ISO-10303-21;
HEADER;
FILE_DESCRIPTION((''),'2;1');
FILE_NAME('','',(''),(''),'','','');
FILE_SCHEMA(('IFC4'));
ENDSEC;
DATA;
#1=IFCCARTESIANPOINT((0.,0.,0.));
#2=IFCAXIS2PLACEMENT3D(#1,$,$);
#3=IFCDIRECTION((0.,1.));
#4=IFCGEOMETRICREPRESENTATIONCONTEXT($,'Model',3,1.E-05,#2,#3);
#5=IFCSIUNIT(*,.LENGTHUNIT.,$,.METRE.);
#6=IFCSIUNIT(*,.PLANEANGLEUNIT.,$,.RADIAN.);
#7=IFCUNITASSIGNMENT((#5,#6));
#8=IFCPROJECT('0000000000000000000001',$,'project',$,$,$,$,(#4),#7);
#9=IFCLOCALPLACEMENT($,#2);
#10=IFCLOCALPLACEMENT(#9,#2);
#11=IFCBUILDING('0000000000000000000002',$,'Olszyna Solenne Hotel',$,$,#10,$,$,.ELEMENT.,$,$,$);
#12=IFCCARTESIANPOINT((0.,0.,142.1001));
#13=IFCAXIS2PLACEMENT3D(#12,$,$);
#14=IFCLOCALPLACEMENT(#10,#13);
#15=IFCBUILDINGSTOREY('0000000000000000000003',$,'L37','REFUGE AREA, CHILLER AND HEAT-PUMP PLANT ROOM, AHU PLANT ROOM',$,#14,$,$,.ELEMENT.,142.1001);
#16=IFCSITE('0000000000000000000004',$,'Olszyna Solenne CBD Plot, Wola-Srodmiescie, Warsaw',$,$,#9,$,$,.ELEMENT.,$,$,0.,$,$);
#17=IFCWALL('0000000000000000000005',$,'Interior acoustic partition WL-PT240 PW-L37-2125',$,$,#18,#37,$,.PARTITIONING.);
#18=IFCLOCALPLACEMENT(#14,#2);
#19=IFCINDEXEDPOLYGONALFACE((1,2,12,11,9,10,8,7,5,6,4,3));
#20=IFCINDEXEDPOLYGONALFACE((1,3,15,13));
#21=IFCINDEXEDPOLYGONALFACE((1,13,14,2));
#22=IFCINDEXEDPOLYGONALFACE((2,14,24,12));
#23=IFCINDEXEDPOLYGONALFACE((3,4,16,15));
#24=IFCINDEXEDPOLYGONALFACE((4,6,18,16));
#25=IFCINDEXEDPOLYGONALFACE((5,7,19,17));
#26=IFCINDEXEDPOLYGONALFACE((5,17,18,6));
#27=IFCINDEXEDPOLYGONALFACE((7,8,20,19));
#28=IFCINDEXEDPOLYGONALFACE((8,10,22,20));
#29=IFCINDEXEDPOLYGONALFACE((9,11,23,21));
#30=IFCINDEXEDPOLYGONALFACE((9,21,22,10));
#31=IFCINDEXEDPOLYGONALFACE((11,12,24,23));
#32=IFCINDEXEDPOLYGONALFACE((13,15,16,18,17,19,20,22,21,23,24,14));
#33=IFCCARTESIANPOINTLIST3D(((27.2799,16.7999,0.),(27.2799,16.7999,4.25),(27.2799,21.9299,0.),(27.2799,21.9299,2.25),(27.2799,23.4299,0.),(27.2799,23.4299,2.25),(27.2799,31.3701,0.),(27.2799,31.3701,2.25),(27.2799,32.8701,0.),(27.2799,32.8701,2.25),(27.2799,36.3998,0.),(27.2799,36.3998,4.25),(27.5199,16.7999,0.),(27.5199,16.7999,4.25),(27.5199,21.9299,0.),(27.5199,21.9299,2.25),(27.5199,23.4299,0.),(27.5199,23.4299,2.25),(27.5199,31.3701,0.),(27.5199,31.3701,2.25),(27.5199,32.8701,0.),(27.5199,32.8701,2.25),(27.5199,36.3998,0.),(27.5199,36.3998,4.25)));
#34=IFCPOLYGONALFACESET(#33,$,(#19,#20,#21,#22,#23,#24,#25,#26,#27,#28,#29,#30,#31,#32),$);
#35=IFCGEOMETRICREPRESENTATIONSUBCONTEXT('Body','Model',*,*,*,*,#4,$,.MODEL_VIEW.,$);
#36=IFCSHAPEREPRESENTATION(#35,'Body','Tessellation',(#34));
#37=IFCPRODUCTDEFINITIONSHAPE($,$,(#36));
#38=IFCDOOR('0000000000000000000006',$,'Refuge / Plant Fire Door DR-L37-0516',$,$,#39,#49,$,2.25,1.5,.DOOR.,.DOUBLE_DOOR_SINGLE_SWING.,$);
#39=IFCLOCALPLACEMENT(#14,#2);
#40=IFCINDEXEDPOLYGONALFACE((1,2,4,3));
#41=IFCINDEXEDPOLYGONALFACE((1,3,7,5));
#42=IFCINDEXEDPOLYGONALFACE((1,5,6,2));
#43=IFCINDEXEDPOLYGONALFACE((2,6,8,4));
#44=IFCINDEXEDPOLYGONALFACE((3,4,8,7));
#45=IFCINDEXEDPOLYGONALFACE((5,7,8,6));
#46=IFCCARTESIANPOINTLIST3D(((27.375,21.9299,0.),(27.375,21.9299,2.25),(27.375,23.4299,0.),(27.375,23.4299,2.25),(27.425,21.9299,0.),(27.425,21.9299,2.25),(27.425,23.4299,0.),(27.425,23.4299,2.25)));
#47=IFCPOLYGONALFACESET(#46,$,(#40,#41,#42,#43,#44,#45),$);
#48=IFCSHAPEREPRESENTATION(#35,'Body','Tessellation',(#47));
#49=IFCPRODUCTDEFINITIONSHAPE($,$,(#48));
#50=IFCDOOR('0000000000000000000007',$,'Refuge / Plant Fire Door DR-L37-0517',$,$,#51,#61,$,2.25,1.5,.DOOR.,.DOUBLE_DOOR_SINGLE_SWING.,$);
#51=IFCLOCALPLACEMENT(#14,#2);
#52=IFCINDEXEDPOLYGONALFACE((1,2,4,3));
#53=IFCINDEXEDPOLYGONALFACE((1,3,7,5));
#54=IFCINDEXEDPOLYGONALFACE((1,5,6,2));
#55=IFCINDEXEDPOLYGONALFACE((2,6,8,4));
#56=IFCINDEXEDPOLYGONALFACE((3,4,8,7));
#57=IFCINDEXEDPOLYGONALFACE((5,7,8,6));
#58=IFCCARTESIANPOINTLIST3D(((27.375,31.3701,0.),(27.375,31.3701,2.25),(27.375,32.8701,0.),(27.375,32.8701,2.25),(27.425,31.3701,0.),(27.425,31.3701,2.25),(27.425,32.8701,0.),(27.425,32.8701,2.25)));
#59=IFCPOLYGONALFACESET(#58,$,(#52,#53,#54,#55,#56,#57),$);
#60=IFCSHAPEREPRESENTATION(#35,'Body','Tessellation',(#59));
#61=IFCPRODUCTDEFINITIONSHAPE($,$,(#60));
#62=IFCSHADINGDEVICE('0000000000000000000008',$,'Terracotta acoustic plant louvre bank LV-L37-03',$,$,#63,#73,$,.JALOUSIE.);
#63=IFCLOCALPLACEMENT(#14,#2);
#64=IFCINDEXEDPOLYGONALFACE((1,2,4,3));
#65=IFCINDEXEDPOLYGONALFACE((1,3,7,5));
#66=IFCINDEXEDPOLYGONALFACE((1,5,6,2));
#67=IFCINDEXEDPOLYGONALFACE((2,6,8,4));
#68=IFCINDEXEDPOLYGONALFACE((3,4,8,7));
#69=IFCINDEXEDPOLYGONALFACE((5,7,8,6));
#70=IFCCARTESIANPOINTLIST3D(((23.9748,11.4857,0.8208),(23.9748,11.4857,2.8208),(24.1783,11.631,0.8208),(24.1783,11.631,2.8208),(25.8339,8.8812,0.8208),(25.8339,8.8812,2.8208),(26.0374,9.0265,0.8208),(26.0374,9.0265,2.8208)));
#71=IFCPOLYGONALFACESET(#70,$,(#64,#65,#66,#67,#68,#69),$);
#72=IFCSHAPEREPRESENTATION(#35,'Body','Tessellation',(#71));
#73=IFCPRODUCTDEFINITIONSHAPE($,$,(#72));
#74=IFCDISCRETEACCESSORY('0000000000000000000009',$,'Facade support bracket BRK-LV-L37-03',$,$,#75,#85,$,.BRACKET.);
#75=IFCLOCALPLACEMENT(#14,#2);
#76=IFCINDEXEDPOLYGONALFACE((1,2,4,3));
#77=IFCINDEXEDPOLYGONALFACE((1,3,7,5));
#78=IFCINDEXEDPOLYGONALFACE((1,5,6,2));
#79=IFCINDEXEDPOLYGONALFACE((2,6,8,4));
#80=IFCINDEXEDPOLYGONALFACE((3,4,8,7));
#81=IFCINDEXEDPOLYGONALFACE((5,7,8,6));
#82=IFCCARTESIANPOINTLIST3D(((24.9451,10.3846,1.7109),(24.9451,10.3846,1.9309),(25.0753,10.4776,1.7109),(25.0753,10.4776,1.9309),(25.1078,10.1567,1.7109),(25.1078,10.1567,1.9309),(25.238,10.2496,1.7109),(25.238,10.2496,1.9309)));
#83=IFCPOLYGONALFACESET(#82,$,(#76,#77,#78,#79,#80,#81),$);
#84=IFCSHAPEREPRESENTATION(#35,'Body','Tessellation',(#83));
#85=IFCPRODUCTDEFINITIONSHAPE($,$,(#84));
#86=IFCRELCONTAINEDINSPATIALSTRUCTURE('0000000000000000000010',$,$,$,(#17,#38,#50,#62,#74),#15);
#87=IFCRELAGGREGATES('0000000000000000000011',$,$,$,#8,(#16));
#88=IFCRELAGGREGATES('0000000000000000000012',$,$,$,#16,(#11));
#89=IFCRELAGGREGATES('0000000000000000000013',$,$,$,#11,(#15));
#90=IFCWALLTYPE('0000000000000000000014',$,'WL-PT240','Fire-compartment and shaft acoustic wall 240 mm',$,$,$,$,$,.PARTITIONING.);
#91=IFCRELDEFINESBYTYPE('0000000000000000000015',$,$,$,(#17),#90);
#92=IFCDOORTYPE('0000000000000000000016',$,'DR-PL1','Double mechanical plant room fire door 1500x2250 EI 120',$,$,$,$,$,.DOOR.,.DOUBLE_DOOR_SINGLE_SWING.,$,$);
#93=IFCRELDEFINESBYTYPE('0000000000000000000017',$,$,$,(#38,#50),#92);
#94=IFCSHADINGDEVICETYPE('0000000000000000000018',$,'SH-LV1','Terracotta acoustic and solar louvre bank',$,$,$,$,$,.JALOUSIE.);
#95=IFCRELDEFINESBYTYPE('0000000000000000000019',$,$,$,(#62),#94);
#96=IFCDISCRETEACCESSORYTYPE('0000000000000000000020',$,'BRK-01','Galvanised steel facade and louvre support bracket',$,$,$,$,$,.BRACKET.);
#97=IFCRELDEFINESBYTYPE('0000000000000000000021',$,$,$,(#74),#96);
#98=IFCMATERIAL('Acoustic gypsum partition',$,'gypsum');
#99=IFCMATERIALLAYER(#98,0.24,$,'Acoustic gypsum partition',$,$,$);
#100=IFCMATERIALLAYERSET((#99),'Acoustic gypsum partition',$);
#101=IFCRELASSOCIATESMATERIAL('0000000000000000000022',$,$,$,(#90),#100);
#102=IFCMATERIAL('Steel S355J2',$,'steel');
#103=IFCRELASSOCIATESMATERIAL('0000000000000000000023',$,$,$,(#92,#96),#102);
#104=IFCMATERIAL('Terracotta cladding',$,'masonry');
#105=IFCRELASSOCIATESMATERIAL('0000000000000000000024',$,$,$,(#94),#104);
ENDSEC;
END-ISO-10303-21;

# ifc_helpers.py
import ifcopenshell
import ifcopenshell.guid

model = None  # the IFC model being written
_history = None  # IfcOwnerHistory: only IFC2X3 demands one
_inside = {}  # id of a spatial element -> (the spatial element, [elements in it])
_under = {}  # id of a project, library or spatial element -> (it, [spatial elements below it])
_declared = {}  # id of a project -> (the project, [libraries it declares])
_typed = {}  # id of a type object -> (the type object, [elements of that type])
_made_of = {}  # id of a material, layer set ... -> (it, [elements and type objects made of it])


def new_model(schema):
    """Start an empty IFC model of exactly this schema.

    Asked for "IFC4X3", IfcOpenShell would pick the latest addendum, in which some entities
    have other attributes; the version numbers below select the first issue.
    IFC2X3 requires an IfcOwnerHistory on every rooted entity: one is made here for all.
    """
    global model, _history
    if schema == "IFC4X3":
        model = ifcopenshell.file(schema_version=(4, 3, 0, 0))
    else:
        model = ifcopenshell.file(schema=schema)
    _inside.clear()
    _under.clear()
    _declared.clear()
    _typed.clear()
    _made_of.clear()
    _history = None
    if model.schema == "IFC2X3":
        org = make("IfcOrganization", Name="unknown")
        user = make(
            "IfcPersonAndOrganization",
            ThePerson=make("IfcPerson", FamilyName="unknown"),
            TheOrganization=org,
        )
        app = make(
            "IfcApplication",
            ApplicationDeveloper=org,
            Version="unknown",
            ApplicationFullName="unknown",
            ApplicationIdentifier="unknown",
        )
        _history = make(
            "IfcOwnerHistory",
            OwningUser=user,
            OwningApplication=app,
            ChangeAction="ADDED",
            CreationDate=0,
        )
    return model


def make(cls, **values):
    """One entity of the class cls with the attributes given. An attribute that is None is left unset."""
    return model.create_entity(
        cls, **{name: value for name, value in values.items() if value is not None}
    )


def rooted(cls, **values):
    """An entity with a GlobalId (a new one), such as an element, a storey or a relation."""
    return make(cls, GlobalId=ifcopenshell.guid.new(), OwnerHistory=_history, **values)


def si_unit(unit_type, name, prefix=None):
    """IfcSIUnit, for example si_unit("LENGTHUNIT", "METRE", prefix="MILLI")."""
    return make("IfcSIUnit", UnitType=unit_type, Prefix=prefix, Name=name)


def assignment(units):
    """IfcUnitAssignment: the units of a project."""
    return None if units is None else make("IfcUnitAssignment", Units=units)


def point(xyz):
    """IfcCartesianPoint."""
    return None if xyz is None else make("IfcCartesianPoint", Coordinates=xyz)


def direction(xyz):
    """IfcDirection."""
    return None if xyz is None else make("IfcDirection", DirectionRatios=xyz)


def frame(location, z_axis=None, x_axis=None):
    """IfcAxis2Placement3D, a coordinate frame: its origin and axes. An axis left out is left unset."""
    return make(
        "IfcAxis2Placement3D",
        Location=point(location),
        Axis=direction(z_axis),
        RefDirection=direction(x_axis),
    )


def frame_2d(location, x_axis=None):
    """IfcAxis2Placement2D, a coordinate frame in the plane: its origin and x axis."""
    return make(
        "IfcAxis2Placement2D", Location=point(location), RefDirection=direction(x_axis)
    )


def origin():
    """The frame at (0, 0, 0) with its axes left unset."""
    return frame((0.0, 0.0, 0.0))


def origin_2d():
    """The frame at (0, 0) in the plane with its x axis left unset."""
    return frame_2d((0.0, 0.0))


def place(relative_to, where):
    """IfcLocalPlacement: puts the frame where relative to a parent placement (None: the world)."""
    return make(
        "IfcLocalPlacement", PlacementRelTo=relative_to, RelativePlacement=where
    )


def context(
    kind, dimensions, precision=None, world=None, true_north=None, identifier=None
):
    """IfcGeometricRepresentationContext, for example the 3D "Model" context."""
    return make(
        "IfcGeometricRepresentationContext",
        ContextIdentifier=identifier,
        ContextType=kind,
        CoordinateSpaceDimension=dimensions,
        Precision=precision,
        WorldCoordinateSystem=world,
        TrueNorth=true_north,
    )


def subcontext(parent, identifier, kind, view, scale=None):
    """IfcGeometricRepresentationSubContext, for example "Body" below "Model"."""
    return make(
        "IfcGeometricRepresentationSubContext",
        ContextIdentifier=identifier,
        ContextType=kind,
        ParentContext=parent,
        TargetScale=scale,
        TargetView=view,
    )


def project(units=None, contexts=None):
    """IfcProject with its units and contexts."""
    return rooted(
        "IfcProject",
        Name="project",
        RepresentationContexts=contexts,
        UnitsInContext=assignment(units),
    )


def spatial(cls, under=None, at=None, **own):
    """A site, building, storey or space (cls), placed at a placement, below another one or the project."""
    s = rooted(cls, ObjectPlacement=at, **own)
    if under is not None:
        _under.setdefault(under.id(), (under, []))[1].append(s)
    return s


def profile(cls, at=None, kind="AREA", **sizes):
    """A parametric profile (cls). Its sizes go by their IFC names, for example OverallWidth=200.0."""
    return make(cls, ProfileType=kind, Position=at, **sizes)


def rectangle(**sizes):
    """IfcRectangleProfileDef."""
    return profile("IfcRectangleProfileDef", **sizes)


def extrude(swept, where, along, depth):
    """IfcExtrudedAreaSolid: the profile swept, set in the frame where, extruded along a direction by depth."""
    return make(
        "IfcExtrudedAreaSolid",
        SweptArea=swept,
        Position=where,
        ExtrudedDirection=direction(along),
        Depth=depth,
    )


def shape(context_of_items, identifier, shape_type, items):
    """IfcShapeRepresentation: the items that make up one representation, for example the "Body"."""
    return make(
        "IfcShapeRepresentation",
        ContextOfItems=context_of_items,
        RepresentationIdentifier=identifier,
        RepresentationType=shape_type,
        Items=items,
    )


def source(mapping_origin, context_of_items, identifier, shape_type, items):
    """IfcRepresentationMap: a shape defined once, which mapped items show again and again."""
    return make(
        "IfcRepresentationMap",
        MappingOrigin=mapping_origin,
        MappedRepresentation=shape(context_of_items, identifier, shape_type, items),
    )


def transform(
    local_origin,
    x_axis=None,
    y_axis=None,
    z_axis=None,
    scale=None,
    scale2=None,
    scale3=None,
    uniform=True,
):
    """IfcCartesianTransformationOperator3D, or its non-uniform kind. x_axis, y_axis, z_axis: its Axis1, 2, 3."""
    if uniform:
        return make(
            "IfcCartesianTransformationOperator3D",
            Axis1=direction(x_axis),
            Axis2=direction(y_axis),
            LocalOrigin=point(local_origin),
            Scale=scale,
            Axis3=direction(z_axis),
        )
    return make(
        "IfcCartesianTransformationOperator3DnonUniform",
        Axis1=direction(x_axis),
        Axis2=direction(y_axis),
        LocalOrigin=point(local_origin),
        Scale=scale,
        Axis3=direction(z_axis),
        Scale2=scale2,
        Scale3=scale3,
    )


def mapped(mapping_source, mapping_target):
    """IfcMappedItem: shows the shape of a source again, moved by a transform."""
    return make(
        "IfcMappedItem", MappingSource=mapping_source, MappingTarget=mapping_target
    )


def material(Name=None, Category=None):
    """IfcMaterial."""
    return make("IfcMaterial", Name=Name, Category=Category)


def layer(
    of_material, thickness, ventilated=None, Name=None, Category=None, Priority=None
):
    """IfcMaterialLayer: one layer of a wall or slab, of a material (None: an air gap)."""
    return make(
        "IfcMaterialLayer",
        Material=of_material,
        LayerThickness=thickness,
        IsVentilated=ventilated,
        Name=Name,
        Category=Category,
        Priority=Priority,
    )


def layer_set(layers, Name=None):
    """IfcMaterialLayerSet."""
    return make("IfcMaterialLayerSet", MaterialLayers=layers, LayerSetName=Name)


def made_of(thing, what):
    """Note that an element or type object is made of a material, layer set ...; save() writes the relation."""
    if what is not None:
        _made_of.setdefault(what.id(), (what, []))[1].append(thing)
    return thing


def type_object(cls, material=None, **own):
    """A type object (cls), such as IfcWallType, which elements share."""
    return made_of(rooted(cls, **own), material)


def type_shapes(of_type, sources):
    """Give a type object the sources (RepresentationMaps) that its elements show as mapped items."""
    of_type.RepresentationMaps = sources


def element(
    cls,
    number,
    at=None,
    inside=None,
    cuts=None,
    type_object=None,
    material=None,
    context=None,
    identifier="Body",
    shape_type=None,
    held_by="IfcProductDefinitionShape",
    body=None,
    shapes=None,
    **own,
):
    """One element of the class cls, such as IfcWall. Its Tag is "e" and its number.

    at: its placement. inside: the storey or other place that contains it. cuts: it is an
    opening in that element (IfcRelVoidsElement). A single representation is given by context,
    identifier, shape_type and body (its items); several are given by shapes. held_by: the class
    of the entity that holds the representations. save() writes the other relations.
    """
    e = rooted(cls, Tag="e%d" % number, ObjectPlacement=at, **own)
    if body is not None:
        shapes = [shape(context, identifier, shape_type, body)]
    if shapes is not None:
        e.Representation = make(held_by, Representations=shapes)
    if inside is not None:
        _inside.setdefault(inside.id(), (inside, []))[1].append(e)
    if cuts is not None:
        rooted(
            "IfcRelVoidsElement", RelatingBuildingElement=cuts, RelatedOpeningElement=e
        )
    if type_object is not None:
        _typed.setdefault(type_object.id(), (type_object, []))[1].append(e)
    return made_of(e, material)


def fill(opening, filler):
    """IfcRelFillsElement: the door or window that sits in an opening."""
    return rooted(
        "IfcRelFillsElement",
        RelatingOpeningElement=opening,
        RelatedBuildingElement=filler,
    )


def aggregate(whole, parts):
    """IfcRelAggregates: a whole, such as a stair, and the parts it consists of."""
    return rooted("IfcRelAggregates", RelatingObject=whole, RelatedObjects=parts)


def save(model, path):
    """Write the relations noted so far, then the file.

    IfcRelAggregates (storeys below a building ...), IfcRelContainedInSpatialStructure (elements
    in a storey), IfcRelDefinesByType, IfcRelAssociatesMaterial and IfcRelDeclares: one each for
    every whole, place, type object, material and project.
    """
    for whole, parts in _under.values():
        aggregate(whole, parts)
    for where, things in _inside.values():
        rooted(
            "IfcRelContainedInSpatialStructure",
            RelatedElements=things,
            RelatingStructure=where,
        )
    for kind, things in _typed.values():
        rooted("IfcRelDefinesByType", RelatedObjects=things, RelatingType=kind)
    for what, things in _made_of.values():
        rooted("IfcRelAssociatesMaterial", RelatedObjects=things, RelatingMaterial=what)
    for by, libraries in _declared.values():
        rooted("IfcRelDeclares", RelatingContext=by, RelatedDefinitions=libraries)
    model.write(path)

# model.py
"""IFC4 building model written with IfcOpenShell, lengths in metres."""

from ifc_helpers import new_model, si_unit, direction, frame, frame_2d, origin, origin_2d, place, context, subcontext, project, spatial, rectangle, extrude, source, transform, mapped, material, layer, layer_set, type_object, type_shapes, element, fill, save


model = new_model("IFC4")

# Units and contexts
model_context = context("Model", 3, precision=1e-05, world=origin(), true_north=direction((0.0, 1.0)))
body_context = subcontext(model_context, "Body", "Model", "MODEL_VIEW")
ifc_project = project(units=[si_unit("LENGTHUNIT", "METRE"), si_unit("PLANEANGLEUNIT", "RADIAN")], contexts=[model_context])

# Site, building, storey
site_placement = place(None, origin())
site = spatial("IfcSite", under=ifc_project, at=site_placement, Name="Olszyna Solenne CBD Plot, Wola-Srodmiescie, Warsaw", CompositionType="ELEMENT", RefElevation=0.0)
building_placement = place(site_placement, origin())
building = spatial("IfcBuilding", under=site, at=building_placement, Name="Olszyna Solenne Hotel", CompositionType="ELEMENT")
storey_placement = place(building_placement, frame((0.0, 0.0, 142.1001)))
storey = spatial("IfcBuildingStorey", under=building, at=storey_placement, Name="L37", Description="REFUGE AREA, CHILLER AND HEAT-PUMP PLANT ROOM, AHU PLANT ROOM", CompositionType="ELEMENT", Elevation=142.1001)

# Shared definitions
ifc_material_1 = material(Name="Steel S355J2", Category="steel")

# Shared definitions
ifc_material_2 = material(Name="Acoustic gypsum partition", Category="gypsum")
ifc_layer_1 = layer(ifc_material_2, 0.24, Name="Acoustic gypsum partition")
ifc_layer_set_1 = layer_set([ifc_layer_1], Name="Acoustic gypsum partition")
wall_type_1 = type_object("IfcWallType", Name="WL-PT240", Description="Fire-compartment and shaft acoustic wall 240 mm", PredefinedType="PARTITIONING", material=ifc_layer_set_1)

# Wall, openings, doors
door_type_1 = type_object("IfcDoorType", Name="DR-PL1", Description="Double mechanical plant room fire door 1500x2250 EI 120", OperationType="DOUBLE_DOOR_SINGLE_SWING", PredefinedType="DOOR", material=ifc_material_1)
shared_shape_1 = source(origin(), body_context, "Body", "SweptSolid", [
    extrude(rectangle(XDim=1.5, YDim=2.25, at=frame_2d((0.75, 1.125))), frame((0.0, 0.0249, 0.0), z_axis=(0.0, -1.0, 0.0), x_axis=(1.0, 0.0, 0.0)), (0.0, 0.0, 1.0), 0.05),
])
type_shapes(door_type_1, [shared_shape_1])
wall_1_placement = place(storey_placement, frame((27.3999, 16.8, 0.0), z_axis=(0.0, 0.0, 1.0), x_axis=(0.0, 1.0, 0.0)))
wall_1 = element("IfcWall", 1, at=wall_1_placement, inside=storey, type_object=wall_type_1, Name="Interior acoustic partition WL-PT240 PW-L37-2125", PredefinedType="PARTITIONING", context=body_context, shape_type="SweptSolid", body=[
    extrude(rectangle(XDim=19.5999, YDim=0.24, at=frame_2d((9.7998, 0.0))), origin(), (0.0, 0.0, 1.0), 4.25),
])
opening_1_placement = place(wall_1_placement, frame((5.1299, 0.0, 0.0)))
opening_1 = element("IfcOpeningElement", 2, at=opening_1_placement, cuts=wall_1, PredefinedType="OPENING", context=body_context, shape_type="SweptSolid", body=[
    extrude(rectangle(XDim=1.5, YDim=2.25, at=frame_2d((0.75, 1.125))), frame((0.0, 0.1299, 0.0), z_axis=(0.0, -1.0, 0.0), x_axis=(1.0, 0.0, 0.0)), (0.0, 0.0, 1.0), 0.26),
])
opening_2_placement = place(wall_1_placement, frame((14.5701, 0.0, 0.0)))
opening_2 = element("IfcOpeningElement", 3, at=opening_2_placement, cuts=wall_1, PredefinedType="OPENING", context=body_context, shape_type="SweptSolid", body=[
    extrude(rectangle(XDim=1.5, YDim=2.25, at=frame_2d((0.75, 1.125))), frame((0.0, 0.1299, 0.0), z_axis=(0.0, -1.0, 0.0), x_axis=(1.0, 0.0, 0.0)), (0.0, 0.0, 1.0), 0.26),
])
door_1_placement = place(opening_1_placement, origin())
door_1 = element("IfcDoor", 4, at=door_1_placement, inside=storey, type_object=door_type_1, Name="Refuge / Plant Fire Door DR-L37-0516", OperationType="DOUBLE_DOOR_SINGLE_SWING", OverallHeight=2.25, OverallWidth=1.5, PredefinedType="DOOR", context=body_context, shape_type="MappedRepresentation", body=[
    mapped(shared_shape_1, transform((0.0, 0.0, 0.0), x_axis=(1.0, 0.0, 0.0), y_axis=(0.0, 1.0, 0.0), z_axis=(0.0, 0.0, 1.0), scale=1.0)),
])
fill(opening_1, door_1)
door_2_placement = place(opening_2_placement, origin())
door_2 = element("IfcDoor", 5, at=door_2_placement, inside=storey, type_object=door_type_1, Name="Refuge / Plant Fire Door DR-L37-0517", OperationType="DOUBLE_DOOR_SINGLE_SWING", OverallHeight=2.25, OverallWidth=1.5, PredefinedType="DOOR", context=body_context, shape_type="MappedRepresentation", body=[
    mapped(shared_shape_1, transform((0.0, 0.0, 0.0), x_axis=(1.0, 0.0, 0.0), y_axis=(0.0, 1.0, 0.0), z_axis=(0.0, 0.0, 1.0), scale=1.0)),
])
fill(opening_2, door_2)

# Shading device
ifc_material_3 = material(Name="Terracotta cladding", Category="masonry")
shading_device_type = type_object("IfcShadingDeviceType", Name="SH-LV1", Description="Terracotta acoustic and solar louvre bank", PredefinedType="JALOUSIE", material=ifc_material_3)
shared_shape_2 = source(origin(), body_context, "Body", "SweptSolid", [
    extrude(rectangle(XDim=3.2, YDim=0.25, at=origin_2d()), origin(), (0.0, 0.0, 1.0), 2.0),
])
shading_device_placement = place(storey_placement, frame((25.0061, 10.2561, 0.8208), z_axis=(0.0, 0.0, 1.0), x_axis=(-0.580987, 0.813913, 0.0)))
element("IfcShadingDevice", 6, at=shading_device_placement, inside=storey, type_object=shading_device_type, Name="Terracotta acoustic plant louvre bank LV-L37-03", PredefinedType="JALOUSIE", context=body_context, shape_type="MappedRepresentation", body=[
    mapped(shared_shape_2, transform((0.0, 0.0, 0.0), x_axis=(1.0, 0.0, 0.0), y_axis=(0.0, 1.0, 0.0), z_axis=(0.0, 0.0, 1.0), scale=1.0)),
])

# Discrete accessory
discrete_accessory_type = type_object("IfcDiscreteAccessoryType", Name="BRK-01", Description="Galvanised steel facade and louvre support bracket", PredefinedType="BRACKET", material=ifc_material_1)
shared_shape_3 = source(origin(), body_context, "Body", "SweptSolid", [
    extrude(rectangle(XDim=0.28, YDim=0.1599, at=origin_2d()), origin(), (0.0, 0.0, 1.0), 0.22),
])
discrete_accessory_placement = place(storey_placement, frame((25.0916, 10.3171, 1.7109), z_axis=(0.0, 0.0, 1.0), x_axis=(-0.580987, 0.813913, 0.0)))
element("IfcDiscreteAccessory", 7, at=discrete_accessory_placement, inside=storey, type_object=discrete_accessory_type, Name="Facade support bracket BRK-LV-L37-03", PredefinedType="BRACKET", context=body_context, shape_type="MappedRepresentation", body=[
    mapped(shared_shape_3, transform((0.0, 0.0, 0.0), x_axis=(1.0, 0.0, 0.0), y_axis=(0.0, 1.0, 0.0), z_axis=(0.0, 0.0, 1.0), scale=1.0)),
])

save(model, "model.ifc")
